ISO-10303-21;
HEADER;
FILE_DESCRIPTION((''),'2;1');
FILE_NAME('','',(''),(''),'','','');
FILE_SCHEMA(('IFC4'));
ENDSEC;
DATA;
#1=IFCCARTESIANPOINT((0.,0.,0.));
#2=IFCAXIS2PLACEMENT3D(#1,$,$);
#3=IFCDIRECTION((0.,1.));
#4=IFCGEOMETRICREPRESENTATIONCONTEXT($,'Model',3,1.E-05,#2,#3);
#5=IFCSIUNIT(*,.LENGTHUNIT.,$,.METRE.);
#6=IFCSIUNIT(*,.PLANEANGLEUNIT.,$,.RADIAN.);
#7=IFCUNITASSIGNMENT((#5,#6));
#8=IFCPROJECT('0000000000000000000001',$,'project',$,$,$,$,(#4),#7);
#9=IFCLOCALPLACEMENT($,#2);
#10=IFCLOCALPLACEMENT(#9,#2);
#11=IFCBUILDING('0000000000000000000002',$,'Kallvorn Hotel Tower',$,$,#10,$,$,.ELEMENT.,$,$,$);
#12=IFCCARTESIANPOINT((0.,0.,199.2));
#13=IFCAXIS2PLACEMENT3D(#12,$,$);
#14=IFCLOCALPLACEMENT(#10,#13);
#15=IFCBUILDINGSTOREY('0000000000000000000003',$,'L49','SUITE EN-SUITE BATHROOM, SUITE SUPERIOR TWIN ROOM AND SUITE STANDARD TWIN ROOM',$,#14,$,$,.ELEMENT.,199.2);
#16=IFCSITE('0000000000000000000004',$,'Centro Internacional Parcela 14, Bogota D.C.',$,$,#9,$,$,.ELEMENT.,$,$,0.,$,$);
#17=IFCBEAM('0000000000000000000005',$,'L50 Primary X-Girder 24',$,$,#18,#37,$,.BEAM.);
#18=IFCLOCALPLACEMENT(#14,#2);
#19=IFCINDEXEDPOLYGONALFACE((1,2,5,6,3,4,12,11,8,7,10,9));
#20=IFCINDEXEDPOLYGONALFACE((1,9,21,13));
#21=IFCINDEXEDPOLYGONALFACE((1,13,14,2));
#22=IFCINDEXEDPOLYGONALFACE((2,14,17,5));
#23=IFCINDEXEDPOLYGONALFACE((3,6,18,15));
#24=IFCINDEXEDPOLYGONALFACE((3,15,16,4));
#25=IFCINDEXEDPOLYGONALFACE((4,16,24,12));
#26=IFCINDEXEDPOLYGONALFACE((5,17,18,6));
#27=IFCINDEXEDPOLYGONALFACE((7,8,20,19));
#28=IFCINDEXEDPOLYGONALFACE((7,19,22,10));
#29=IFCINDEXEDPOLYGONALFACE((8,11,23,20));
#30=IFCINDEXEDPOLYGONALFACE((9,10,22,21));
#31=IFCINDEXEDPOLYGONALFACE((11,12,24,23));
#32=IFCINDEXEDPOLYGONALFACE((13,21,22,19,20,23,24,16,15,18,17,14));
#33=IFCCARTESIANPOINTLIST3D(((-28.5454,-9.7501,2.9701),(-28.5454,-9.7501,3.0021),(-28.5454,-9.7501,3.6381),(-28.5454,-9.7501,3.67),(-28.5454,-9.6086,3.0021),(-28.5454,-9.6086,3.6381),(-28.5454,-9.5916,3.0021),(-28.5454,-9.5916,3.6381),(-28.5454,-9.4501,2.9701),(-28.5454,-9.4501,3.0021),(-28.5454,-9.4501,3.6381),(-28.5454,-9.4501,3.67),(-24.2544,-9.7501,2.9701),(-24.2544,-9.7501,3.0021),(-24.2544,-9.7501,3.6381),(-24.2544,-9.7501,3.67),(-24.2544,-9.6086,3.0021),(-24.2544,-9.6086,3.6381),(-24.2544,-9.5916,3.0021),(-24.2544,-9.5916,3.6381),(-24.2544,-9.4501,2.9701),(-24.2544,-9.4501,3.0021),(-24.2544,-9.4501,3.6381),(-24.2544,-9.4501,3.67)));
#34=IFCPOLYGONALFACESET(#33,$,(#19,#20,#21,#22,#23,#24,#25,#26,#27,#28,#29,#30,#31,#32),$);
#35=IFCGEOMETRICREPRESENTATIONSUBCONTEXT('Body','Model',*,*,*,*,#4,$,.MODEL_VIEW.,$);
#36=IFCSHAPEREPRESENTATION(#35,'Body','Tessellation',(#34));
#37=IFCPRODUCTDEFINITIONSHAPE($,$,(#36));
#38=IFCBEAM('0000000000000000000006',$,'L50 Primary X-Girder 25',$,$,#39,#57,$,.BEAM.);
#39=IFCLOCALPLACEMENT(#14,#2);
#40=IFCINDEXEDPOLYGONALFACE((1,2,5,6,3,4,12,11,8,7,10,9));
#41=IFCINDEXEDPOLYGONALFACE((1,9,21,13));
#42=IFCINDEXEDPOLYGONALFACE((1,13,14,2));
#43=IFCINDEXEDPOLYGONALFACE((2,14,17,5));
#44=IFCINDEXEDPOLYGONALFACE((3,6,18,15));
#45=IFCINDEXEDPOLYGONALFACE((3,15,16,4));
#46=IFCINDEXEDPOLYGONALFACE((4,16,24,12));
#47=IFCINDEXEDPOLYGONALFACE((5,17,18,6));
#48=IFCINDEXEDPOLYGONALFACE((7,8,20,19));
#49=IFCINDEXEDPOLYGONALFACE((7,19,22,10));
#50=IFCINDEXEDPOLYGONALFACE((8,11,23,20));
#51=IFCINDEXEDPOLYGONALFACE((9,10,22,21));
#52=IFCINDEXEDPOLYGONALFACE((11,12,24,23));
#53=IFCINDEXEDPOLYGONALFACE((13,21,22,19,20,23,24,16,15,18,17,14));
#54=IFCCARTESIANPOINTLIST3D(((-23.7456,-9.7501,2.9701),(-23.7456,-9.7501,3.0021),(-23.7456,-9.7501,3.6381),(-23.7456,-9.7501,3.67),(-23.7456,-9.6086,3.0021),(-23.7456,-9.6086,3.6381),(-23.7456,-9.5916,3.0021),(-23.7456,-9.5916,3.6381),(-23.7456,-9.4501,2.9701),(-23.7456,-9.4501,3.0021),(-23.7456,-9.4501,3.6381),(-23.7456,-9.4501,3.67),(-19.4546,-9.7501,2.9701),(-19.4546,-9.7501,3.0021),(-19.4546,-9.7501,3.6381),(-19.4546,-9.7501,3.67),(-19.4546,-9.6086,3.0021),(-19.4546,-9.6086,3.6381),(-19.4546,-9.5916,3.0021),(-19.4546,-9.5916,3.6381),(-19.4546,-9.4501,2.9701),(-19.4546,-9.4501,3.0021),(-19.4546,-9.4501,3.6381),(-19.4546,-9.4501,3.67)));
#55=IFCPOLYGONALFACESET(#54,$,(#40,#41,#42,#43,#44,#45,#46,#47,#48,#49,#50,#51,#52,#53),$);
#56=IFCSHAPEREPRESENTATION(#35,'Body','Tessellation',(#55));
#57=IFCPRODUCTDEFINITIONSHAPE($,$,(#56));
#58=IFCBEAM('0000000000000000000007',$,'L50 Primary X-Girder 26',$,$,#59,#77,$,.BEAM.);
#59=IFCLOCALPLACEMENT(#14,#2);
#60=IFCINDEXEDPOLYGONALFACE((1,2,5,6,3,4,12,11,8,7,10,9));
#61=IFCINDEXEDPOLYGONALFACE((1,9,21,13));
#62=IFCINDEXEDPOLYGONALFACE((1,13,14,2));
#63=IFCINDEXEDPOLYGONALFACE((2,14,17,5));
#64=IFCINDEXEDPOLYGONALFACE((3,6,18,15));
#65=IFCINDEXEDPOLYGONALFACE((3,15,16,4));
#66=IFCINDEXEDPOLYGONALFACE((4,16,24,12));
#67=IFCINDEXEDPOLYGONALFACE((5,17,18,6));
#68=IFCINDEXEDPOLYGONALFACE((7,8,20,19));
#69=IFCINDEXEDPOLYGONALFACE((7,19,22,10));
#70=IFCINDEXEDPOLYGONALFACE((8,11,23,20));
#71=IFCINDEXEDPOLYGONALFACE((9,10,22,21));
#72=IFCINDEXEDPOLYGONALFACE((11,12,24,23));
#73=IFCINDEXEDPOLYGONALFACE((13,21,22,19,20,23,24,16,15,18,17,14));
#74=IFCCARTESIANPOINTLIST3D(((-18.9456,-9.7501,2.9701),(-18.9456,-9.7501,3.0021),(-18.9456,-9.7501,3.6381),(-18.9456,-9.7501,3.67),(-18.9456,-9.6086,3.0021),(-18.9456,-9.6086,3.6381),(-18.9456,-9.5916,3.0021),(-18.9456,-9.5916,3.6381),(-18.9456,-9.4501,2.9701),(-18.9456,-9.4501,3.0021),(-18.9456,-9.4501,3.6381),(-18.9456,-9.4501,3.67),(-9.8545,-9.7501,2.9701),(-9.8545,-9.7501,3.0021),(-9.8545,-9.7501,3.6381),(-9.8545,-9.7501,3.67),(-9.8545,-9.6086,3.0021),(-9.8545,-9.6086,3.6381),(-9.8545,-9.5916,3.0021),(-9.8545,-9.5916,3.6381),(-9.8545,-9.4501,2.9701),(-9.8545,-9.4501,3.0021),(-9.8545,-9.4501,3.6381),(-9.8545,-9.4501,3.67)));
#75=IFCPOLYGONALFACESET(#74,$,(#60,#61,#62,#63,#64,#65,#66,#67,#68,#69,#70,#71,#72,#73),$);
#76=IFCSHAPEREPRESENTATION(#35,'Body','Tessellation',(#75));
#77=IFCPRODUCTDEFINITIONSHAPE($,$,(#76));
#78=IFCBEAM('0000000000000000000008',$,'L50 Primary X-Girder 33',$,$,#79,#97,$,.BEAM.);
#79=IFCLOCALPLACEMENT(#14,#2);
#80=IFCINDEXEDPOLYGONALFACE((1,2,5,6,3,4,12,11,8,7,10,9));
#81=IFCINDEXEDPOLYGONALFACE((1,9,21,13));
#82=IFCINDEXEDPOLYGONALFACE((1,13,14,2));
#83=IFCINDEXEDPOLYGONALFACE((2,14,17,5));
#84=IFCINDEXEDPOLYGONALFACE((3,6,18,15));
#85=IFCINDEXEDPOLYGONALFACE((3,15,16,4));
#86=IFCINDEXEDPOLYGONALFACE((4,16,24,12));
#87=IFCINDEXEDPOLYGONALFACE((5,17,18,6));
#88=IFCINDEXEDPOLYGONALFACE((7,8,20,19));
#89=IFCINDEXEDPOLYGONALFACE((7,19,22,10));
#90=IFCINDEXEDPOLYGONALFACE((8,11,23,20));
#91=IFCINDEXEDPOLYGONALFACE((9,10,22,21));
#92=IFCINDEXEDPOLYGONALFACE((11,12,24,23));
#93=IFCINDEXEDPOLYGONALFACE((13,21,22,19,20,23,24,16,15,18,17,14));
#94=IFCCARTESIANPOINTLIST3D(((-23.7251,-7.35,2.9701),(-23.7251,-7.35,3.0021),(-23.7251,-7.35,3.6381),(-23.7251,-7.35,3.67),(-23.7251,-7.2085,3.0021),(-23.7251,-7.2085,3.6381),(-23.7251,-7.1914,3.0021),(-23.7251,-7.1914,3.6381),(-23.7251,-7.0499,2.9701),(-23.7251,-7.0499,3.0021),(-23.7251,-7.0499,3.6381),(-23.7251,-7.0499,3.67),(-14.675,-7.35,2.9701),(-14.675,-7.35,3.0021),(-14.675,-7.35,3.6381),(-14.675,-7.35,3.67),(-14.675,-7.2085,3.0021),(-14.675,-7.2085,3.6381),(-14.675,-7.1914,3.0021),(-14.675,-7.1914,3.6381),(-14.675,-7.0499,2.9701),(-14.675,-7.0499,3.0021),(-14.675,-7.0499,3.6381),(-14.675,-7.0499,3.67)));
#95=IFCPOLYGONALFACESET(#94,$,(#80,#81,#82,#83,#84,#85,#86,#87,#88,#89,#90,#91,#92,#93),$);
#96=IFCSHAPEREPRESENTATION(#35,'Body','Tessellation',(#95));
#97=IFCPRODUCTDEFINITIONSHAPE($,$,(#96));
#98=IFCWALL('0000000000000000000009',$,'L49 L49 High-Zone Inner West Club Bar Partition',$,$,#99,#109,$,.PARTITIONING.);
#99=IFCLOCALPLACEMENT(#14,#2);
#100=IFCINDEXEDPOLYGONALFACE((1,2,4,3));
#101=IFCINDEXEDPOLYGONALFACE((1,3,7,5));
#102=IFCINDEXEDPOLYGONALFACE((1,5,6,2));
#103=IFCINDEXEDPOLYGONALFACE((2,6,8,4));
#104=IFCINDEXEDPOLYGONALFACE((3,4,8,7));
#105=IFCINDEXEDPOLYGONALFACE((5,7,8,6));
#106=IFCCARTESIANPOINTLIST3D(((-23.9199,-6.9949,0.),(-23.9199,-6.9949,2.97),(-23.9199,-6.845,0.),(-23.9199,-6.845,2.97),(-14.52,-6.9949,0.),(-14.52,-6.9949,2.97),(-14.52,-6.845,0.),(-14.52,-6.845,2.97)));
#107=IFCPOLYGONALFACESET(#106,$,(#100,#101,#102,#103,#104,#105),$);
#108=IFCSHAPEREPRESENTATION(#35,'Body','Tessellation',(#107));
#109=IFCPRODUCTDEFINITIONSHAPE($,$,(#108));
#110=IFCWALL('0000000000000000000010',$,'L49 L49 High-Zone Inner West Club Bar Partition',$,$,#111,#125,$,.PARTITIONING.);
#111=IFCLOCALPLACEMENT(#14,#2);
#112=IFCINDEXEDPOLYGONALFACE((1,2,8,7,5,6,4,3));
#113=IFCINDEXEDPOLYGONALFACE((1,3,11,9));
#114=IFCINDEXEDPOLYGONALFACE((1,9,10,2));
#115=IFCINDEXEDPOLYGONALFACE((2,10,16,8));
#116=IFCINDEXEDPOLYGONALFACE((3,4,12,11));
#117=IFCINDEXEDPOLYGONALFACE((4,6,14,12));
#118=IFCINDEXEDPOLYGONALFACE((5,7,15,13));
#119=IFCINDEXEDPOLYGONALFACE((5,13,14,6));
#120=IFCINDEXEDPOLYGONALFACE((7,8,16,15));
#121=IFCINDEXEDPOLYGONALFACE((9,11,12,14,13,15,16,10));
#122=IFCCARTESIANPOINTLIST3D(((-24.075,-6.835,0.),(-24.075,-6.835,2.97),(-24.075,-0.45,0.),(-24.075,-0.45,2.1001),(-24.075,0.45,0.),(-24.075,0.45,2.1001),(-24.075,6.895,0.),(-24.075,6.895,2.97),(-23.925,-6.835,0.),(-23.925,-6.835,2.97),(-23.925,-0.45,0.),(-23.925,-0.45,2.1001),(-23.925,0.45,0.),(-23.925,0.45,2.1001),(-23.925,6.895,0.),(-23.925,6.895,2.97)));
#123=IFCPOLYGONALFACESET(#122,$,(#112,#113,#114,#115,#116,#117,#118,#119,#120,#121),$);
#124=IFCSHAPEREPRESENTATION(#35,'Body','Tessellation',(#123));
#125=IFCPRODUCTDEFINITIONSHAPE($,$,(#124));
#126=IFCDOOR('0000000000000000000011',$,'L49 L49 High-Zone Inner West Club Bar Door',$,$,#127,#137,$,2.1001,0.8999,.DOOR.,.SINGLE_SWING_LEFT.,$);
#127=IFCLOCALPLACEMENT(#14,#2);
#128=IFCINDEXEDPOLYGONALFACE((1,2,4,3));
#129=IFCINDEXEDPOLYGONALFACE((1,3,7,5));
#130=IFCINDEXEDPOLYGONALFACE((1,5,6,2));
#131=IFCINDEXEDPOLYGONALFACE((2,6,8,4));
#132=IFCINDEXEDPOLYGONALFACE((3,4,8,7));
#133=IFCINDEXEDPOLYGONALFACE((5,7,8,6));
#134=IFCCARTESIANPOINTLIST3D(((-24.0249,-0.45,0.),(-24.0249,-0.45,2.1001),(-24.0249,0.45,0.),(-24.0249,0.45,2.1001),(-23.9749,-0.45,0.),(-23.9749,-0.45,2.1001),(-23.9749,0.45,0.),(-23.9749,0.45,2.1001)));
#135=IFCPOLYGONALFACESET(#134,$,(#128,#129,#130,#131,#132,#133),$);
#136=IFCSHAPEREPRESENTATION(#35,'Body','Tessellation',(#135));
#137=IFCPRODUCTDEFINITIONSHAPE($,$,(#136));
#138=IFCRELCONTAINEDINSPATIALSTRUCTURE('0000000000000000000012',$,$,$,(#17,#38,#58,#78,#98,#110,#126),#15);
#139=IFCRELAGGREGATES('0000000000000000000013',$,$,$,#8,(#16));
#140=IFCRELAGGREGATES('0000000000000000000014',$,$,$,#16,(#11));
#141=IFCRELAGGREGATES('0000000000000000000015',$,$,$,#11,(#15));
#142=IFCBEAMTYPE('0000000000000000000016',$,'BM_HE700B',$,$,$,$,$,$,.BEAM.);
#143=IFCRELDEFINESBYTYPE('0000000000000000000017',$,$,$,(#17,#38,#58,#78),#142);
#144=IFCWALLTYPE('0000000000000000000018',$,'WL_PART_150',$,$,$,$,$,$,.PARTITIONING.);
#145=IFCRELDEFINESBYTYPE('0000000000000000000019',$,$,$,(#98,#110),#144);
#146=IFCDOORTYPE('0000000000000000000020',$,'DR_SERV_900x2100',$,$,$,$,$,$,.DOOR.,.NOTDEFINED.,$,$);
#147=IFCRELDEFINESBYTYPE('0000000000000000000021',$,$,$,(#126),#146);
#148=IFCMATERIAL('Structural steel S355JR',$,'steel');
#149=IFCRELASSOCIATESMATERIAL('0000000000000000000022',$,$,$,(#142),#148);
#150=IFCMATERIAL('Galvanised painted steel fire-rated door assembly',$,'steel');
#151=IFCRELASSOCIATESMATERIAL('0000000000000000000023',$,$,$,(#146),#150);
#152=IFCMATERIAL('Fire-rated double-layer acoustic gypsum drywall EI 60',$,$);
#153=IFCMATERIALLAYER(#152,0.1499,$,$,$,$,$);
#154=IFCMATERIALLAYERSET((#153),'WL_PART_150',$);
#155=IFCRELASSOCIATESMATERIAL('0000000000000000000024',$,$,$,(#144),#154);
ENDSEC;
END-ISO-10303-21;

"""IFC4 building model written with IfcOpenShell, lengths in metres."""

from ifc_helpers import new_model, si_unit, direction, frame, frame_2d, origin, origin_2d, place, context, subcontext, project, spatial, rectangle, i_section, extrude, material, layer, layer_set, material_profile, profile_set, type_object, element, fill, save


model = new_model("IFC4")

# Units and contexts
model_context = context("Model", 3, precision=1e-05, world=origin(), true_north=direction((0.0, 1.0)))
body_context = subcontext(model_context, "Body", "Model", "MODEL_VIEW")
ifc_project = project(units=[si_unit("LENGTHUNIT", "METRE"), si_unit("PLANEANGLEUNIT", "RADIAN")], contexts=[model_context])

# Site, building, storey
site_placement = place(None, origin())
site = spatial("IfcSite", under=ifc_project, at=site_placement, Name="Centro Internacional Parcela 14, Bogota D.C.", CompositionType="ELEMENT", RefElevation=0.0)
building_placement = place(site_placement, origin())
building = spatial("IfcBuilding", under=site, at=building_placement, Name="Kallvorn Hotel Tower", CompositionType="ELEMENT")
storey_placement = place(building_placement, frame((0.0, 0.0, 199.2)))
storey = spatial("IfcBuildingStorey", under=building, at=storey_placement, Name="L49", Description="SUITE EN-SUITE BATHROOM, SUITE SUPERIOR TWIN ROOM AND SUITE STANDARD TWIN ROOM", CompositionType="ELEMENT", Elevation=199.2)

# Beams
ifc_material_1 = material(Name="Structural steel S355JR", Category="steel")
ifc_material_profile_1 = material_profile(ifc_material_1, i_section(OverallWidth=0.3, OverallDepth=0.7, WebThickness=0.0171, FlangeThickness=0.032, at=origin_2d()), Name="HE 700 B")
ifc_profile_set_1 = profile_set([ifc_material_profile_1], Name="Structural steel S355JR")
beam_type_1 = type_object("IfcBeamType", Name="BM_HE700B", PredefinedType="BEAM", material=ifc_profile_set_1)
for number, where, z_axis, x_axis, name in (
    (1, (-28.5454, -9.6001, 3.3201), (1.0, 0.0, 0.0), (0.0, 1.0, 0.0), "L50 Primary X-Girder 24"),
    (2, (-23.7456, -9.6001, 3.3201), (1.0, 0.0, 0.0), (0.0, 1.0, 0.0), "L50 Primary X-Girder 25"),
):
    element("IfcBeam", number, at=place(storey_placement, frame(where, z_axis=z_axis, x_axis=x_axis)), inside=storey, type_object=beam_type_1, Name=name, PredefinedType="BEAM", context=body_context, shape_type="SweptSolid", body=[
        extrude(i_section(OverallWidth=0.3, OverallDepth=0.7, WebThickness=0.0171, FlangeThickness=0.032, at=origin_2d()), origin(), (0.0, 0.0, 1.0), 4.291),
    ])
beam_1_placement = place(storey_placement, frame((-18.9456, -9.6001, 3.3201), z_axis=(1.0, 0.0, 0.0), x_axis=(0.0, 1.0, 0.0)))
element("IfcBeam", 3, at=beam_1_placement, inside=storey, type_object=beam_type_1, Name="L50 Primary X-Girder 26", PredefinedType="BEAM", context=body_context, shape_type="SweptSolid", body=[
    extrude(i_section(OverallWidth=0.3, OverallDepth=0.7, WebThickness=0.0171, FlangeThickness=0.032, at=origin_2d()), origin(), (0.0, 0.0, 1.0), 9.0911),
])
beam_2_placement = place(storey_placement, frame((-23.7251, -7.2, 3.3201), z_axis=(1.0, 0.0, 0.0), x_axis=(0.0, 1.0, 0.0)))
element("IfcBeam", 4, at=beam_2_placement, inside=storey, type_object=beam_type_1, Name="L50 Primary X-Girder 33", PredefinedType="BEAM", context=body_context, shape_type="SweptSolid", body=[
    extrude(i_section(OverallWidth=0.3, OverallDepth=0.7, WebThickness=0.0171, FlangeThickness=0.032, at=origin_2d()), origin(), (0.0, 0.0, 1.0), 9.05),
])

# Shared definitions
ifc_material_2 = material(Name="Galvanised painted steel fire-rated door assembly", Category="steel")
door_type_1 = type_object("IfcDoorType", Name="DR_SERV_900x2100", OperationType="NOTDEFINED", PredefinedType="DOOR", material=ifc_material_2)

# Wall
ifc_material_3 = material(Name="Fire-rated double-layer acoustic gypsum drywall EI 60")
ifc_layer_1 = layer(ifc_material_3, 0.1499)
ifc_layer_set_1 = layer_set([ifc_layer_1], Name="WL_PART_150")
wall_type_1 = type_object("IfcWallType", Name="WL_PART_150", PredefinedType="PARTITIONING", material=ifc_layer_set_1)
wall_1_placement = place(storey_placement, frame((-23.9199, -6.9199, 0.0), z_axis=(0.0, 0.0, 1.0), x_axis=(1.0, 0.0, 0.0)))
element("IfcWall", 5, at=wall_1_placement, inside=storey, type_object=wall_type_1, Name="L49 L49 High-Zone Inner West Club Bar Partition", PredefinedType="PARTITIONING", context=body_context, shape_type="SweptSolid", body=[
    extrude(rectangle(XDim=9.3999, YDim=0.1499, at=frame_2d((4.7, 0.0))), origin(), (0.0, 0.0, 1.0), 2.97),
])

# Wall, opening, door
wall_2_placement = place(storey_placement, frame((-24.0, -6.835, 0.0), z_axis=(0.0, 0.0, 1.0), x_axis=(0.0, 1.0, 0.0)))
wall_2 = element("IfcWall", 6, at=wall_2_placement, inside=storey, type_object=wall_type_1, Name="L49 L49 High-Zone Inner West Club Bar Partition", PredefinedType="PARTITIONING", context=body_context, shape_type="SweptSolid", body=[
    extrude(rectangle(XDim=13.73, YDim=0.1499, at=frame_2d((6.865, 0.0))), origin(), (0.0, 0.0, 1.0), 2.97),
])
opening_1_placement = place(wall_2_placement, frame((6.385, 0.0, 0.0)))
opening_1 = element("IfcOpeningElement", 7, at=opening_1_placement, cuts=wall_2, PredefinedType="OPENING", context=body_context, shape_type="SweptSolid", body=[
    extrude(rectangle(XDim=0.8999, YDim=2.1001, at=frame_2d((0.45, 1.05))), frame((0.0, 0.0898, 0.0), z_axis=(0.0, -1.0, 0.0), x_axis=(1.0, 0.0, 0.0)), (0.0, 0.0, 1.0), 0.1799),
])
door_1_placement = place(opening_1_placement, origin())
door_1 = element("IfcDoor", 8, at=door_1_placement, inside=storey, type_object=door_type_1, Name="L49 L49 High-Zone Inner West Club Bar Door", OperationType="SINGLE_SWING_LEFT", OverallHeight=2.1001, OverallWidth=0.8999, PredefinedType="DOOR", context=body_context, shape_type="SweptSolid", body=[
    extrude(rectangle(XDim=0.8999, YDim=2.1001, at=frame_2d((0.45, 1.05))), frame((0.0, 0.0249, 0.0), z_axis=(0.0, -1.0, 0.0), x_axis=(1.0, 0.0, 0.0)), (0.0, 0.0, 1.0), 0.05),
])
fill(opening_1, door_1)

save(model, "model.ifc")
